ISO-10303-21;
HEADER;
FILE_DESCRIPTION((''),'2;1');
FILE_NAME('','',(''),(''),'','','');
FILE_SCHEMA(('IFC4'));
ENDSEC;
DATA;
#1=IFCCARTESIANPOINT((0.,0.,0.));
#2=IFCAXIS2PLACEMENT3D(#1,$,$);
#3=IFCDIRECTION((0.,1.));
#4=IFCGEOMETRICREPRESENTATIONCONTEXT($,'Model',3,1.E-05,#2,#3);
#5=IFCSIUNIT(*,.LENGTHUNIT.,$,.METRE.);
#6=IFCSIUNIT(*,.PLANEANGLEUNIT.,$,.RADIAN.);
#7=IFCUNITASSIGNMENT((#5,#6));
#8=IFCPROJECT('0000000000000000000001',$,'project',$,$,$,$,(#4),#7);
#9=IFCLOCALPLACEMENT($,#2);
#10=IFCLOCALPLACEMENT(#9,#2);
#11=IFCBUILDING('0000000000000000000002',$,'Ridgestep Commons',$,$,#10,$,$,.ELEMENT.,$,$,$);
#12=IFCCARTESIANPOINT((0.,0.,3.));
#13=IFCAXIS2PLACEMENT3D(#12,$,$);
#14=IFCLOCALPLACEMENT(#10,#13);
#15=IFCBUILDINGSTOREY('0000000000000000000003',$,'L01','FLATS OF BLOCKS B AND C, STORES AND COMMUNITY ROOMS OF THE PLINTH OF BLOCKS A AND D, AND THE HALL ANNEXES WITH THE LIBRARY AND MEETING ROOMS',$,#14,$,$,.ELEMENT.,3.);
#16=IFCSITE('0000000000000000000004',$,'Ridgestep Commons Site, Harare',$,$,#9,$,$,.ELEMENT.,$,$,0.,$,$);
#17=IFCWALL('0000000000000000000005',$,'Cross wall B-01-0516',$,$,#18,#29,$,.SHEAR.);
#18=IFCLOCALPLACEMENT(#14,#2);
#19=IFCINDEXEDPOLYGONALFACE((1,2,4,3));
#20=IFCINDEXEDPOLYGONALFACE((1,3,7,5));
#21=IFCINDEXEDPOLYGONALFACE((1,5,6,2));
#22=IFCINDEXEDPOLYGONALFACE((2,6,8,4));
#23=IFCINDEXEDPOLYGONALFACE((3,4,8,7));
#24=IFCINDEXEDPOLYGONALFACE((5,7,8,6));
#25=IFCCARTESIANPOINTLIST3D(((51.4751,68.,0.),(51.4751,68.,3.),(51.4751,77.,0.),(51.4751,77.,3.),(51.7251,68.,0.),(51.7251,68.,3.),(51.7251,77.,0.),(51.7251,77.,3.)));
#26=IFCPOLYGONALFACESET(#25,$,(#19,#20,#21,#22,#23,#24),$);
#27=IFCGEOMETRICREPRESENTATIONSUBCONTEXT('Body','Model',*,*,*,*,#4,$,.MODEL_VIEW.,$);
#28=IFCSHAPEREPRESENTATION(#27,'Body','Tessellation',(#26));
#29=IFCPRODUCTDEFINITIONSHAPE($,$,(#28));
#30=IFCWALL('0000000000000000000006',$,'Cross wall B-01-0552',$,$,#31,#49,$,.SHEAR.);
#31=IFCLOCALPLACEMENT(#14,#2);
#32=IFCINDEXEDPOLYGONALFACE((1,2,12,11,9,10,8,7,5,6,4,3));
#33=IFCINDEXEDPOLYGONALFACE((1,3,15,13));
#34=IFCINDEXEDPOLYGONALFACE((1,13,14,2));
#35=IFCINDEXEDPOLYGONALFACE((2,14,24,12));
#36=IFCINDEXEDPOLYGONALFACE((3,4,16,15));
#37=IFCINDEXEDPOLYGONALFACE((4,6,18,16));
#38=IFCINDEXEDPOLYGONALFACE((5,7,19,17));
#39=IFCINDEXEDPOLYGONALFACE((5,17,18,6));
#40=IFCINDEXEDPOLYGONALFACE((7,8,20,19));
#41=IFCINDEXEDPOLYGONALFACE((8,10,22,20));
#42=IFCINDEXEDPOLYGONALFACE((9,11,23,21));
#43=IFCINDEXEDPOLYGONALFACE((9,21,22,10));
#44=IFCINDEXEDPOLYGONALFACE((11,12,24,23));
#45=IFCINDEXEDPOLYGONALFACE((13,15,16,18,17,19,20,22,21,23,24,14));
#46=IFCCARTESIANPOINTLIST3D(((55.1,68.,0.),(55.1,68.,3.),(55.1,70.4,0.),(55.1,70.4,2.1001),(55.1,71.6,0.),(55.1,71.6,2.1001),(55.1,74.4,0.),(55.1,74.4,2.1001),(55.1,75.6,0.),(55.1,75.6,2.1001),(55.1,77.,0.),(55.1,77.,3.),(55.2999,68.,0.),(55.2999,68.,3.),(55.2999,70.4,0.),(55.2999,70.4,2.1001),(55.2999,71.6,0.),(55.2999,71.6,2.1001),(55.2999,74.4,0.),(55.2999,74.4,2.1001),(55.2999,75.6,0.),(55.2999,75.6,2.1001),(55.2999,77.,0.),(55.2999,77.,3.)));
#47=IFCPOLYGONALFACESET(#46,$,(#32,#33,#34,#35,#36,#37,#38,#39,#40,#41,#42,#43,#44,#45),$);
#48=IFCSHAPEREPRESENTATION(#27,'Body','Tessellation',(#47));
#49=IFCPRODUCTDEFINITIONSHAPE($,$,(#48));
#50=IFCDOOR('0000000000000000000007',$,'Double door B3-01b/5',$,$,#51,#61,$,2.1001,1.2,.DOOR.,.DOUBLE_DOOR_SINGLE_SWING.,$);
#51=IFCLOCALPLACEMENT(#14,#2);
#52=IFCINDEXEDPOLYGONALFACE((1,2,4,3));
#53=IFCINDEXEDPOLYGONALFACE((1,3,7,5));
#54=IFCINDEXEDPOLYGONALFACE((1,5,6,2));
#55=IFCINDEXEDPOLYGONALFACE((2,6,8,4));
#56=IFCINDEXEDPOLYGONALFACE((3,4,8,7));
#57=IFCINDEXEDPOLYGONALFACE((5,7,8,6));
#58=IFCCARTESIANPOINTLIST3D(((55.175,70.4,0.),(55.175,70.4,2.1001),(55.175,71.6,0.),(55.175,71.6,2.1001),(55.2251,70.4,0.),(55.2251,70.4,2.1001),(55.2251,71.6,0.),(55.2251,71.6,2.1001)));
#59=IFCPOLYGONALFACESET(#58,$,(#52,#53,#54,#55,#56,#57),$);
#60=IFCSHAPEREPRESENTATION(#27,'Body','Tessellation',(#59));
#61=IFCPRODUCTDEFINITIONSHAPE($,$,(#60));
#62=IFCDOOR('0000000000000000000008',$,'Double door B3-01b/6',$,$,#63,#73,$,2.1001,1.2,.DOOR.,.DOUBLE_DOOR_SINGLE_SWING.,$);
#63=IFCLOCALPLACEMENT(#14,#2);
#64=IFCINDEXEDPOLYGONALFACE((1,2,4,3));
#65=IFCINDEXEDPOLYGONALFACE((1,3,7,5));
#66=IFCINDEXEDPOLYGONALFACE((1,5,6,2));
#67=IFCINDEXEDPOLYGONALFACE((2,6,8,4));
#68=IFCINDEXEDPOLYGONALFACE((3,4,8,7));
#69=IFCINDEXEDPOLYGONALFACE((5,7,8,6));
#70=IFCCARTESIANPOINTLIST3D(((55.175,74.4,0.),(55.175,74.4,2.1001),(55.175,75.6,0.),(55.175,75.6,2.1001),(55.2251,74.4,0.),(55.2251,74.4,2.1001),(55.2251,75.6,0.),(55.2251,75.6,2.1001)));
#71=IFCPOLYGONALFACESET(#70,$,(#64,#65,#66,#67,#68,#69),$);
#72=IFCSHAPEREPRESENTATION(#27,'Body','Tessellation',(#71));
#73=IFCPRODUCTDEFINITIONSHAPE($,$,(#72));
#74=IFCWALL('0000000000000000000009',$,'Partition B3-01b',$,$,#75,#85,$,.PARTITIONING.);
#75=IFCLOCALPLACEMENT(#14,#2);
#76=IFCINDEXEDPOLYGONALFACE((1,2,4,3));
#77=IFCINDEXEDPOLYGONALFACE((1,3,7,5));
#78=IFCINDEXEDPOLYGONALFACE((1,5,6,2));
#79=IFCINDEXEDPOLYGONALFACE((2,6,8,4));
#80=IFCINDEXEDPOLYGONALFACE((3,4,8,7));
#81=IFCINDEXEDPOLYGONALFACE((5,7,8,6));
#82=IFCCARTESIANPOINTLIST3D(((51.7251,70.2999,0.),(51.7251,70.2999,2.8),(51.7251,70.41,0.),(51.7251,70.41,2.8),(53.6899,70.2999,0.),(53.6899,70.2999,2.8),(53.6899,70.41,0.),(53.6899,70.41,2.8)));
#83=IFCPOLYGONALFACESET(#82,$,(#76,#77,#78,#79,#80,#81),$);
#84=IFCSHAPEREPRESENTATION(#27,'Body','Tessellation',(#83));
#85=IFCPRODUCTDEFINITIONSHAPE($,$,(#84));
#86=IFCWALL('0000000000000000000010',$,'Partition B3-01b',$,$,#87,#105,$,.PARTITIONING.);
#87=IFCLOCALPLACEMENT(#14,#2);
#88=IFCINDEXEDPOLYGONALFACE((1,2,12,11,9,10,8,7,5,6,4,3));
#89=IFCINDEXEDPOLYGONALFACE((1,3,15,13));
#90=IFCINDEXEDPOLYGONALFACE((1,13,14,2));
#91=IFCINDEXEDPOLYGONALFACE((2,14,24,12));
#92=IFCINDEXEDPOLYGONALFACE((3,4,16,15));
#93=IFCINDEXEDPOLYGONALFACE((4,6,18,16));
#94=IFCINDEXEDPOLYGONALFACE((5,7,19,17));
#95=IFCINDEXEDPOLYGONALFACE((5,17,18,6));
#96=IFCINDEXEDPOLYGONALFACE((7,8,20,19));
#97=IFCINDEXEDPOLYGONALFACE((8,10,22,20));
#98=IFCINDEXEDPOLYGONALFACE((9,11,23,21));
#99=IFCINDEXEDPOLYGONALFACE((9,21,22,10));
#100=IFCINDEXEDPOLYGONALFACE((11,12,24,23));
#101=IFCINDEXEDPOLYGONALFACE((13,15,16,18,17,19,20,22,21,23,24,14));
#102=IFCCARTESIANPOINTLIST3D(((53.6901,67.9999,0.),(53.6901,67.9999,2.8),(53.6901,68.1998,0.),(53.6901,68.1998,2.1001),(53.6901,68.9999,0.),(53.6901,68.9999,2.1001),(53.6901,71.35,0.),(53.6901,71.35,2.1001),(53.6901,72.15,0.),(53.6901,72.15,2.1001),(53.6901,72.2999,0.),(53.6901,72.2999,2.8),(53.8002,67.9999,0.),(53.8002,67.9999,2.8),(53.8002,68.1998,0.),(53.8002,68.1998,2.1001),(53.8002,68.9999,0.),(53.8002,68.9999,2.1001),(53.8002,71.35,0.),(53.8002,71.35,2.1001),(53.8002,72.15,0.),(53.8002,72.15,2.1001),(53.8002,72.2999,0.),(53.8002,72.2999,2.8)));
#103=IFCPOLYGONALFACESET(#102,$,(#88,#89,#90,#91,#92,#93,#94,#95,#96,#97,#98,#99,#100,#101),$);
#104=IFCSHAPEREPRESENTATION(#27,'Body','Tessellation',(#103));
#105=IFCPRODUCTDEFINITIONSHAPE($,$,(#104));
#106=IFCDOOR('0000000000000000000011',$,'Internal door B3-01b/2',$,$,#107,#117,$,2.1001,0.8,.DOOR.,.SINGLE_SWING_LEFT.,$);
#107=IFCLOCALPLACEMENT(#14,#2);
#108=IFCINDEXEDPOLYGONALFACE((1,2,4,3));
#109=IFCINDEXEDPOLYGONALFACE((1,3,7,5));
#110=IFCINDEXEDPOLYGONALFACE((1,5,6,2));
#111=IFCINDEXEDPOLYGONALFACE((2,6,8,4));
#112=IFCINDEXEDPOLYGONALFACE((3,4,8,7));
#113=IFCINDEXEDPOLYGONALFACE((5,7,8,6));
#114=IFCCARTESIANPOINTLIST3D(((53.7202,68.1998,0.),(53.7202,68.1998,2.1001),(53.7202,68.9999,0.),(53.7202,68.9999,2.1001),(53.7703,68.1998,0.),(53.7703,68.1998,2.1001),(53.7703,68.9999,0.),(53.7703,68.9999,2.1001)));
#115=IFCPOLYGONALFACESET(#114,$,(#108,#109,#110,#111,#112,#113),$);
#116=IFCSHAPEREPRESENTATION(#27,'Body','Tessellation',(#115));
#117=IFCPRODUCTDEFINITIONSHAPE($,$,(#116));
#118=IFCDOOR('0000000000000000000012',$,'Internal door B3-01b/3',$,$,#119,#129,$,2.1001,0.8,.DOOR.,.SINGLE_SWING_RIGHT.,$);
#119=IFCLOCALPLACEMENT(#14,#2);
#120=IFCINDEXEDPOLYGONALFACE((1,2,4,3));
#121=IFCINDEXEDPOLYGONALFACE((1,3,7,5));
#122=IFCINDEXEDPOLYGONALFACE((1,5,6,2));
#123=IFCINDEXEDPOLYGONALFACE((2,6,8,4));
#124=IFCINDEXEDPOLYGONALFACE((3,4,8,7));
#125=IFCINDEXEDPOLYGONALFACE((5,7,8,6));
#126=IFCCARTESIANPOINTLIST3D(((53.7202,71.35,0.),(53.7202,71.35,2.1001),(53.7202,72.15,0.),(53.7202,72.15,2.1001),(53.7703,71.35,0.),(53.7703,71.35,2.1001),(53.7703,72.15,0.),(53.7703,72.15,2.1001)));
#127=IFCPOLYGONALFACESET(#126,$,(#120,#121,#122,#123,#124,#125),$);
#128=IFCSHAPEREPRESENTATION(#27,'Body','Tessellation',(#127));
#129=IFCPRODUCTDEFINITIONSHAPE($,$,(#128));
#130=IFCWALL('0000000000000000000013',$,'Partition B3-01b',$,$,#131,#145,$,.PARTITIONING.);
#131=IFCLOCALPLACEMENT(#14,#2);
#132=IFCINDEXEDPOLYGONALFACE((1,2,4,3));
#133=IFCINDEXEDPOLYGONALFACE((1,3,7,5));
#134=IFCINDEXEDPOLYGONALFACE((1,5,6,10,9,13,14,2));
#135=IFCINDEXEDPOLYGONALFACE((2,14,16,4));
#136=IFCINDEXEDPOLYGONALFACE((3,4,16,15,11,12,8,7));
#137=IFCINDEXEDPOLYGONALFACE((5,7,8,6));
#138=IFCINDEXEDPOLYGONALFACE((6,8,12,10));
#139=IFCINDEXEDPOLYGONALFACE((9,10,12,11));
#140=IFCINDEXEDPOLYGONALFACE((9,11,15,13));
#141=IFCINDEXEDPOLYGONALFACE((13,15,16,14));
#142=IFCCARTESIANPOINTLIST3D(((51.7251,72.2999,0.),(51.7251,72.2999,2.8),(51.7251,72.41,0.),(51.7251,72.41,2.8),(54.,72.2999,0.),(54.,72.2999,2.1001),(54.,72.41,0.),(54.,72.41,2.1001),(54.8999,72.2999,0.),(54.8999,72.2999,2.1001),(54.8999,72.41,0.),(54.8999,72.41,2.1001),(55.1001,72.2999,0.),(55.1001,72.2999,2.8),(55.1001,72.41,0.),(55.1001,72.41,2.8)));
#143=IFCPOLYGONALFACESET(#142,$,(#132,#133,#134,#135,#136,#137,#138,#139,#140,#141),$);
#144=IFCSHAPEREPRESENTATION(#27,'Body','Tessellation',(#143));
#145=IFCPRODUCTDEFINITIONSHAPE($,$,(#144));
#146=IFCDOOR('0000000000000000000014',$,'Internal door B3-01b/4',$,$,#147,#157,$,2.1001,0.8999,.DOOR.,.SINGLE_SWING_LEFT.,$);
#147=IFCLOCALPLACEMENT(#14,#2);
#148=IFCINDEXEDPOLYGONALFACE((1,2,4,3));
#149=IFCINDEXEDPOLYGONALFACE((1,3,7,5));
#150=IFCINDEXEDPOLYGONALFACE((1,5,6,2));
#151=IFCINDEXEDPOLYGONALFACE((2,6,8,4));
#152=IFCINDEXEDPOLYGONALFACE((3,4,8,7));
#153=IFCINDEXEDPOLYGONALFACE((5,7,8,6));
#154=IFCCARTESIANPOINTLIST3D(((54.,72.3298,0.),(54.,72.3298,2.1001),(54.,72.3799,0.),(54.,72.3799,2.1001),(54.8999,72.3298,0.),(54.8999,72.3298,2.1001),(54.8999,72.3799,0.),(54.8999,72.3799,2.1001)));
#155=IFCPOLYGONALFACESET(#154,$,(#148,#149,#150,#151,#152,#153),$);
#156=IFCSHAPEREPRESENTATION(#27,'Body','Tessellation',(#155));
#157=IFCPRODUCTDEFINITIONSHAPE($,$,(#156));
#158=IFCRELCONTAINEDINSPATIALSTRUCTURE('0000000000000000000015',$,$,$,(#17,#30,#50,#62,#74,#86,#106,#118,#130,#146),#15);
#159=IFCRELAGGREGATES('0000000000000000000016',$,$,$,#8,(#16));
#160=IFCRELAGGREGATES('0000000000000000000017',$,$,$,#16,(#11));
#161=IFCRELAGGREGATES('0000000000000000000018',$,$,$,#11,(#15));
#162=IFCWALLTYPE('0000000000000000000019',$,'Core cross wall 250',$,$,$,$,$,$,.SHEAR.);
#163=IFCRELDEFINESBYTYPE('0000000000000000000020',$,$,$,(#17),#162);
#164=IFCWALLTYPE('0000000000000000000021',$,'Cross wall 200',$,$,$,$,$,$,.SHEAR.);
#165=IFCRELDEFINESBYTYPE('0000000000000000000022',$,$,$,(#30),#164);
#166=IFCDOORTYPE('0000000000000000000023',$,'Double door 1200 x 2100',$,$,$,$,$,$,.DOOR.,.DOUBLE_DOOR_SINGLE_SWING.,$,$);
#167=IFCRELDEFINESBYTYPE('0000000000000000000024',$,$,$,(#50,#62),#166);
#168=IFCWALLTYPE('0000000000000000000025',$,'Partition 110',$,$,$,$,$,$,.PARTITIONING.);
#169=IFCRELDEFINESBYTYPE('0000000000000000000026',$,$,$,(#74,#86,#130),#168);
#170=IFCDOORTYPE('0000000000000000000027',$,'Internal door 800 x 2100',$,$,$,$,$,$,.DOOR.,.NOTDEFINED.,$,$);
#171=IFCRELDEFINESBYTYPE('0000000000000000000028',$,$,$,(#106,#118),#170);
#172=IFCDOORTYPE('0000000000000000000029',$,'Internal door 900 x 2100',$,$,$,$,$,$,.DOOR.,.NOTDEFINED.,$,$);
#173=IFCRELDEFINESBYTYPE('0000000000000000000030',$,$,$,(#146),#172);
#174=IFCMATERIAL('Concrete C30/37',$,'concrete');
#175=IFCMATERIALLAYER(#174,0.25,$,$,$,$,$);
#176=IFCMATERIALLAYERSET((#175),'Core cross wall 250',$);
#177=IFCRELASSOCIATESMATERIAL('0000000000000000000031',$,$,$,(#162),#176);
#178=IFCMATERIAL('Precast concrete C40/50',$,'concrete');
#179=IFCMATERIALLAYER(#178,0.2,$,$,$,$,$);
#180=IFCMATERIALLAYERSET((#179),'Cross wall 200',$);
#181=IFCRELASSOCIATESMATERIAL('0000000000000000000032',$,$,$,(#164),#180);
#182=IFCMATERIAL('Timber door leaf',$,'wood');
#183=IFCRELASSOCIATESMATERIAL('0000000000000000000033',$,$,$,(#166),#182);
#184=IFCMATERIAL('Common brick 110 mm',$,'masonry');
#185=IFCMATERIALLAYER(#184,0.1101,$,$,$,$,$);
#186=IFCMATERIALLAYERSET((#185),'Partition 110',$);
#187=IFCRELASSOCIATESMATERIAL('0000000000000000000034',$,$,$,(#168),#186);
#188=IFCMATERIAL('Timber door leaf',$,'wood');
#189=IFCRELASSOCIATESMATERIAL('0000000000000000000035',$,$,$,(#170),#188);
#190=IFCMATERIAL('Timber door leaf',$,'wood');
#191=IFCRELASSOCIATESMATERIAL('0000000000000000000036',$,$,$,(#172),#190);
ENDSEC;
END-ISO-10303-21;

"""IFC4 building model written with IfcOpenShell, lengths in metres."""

from ifc_helpers import new_model, si_unit, direction, frame, frame_2d, origin, place, context, subcontext, project, spatial, rectangle, extrude, material, layer, layer_set, type_object, element, fill, save


model = new_model("IFC4")

# Units and contexts
model_context = context("Model", 3, precision=1e-05, world=origin(), true_north=direction((0.0, 1.0)))
body_context = subcontext(model_context, "Body", "Model", "MODEL_VIEW")
ifc_project = project(units=[si_unit("LENGTHUNIT", "METRE"), si_unit("PLANEANGLEUNIT", "RADIAN")], contexts=[model_context])

# Site, building, storey
site_placement = place(None, origin())
site = spatial("IfcSite", under=ifc_project, at=site_placement, Name="Ridgestep Commons Site, Harare", CompositionType="ELEMENT", RefElevation=0.0)
building_placement = place(site_placement, origin())
building = spatial("IfcBuilding", under=site, at=building_placement, Name="Ridgestep Commons", CompositionType="ELEMENT")
storey_placement = place(building_placement, frame((0.0, 0.0, 3.0)))
storey = spatial("IfcBuildingStorey", under=building, at=storey_placement, Name="L01", Description="FLATS OF BLOCKS B AND C, STORES AND COMMUNITY ROOMS OF THE PLINTH OF BLOCKS A AND D, AND THE HALL ANNEXES WITH THE LIBRARY AND MEETING ROOMS", CompositionType="ELEMENT", Elevation=3.0)

# Wall
ifc_material_1 = material(Name="Concrete C30/37", Category="concrete")
ifc_layer_1 = layer(ifc_material_1, 0.25)
ifc_layer_set_1 = layer_set([ifc_layer_1], Name="Core cross wall 250")
wall_type_1 = type_object("IfcWallType", Name="Core cross wall 250", PredefinedType="SHEAR", material=ifc_layer_set_1)
wall_1_placement = place(storey_placement, frame((51.6001, 68.0, 0.0), z_axis=(0.0, 0.0, 1.0), x_axis=(0.0, 1.0, 0.0)))
element("IfcWall", 1, at=wall_1_placement, inside=storey, type_object=wall_type_1, Name="Cross wall B-01-0516", PredefinedType="SHEAR", context=body_context, shape_type="SweptSolid", body=[
    extrude(rectangle(XDim=9.0, YDim=0.25, at=frame_2d((4.5, 0.0))), origin(), (0.0, 0.0, 1.0), 3.0),
])

# Wall, openings, doors
ifc_material_2 = material(Name="Precast concrete C40/50", Category="concrete")
ifc_layer_2 = layer(ifc_material_2, 0.2)
ifc_layer_set_2 = layer_set([ifc_layer_2], Name="Cross wall 200")
wall_type_2 = type_object("IfcWallType", Name="Cross wall 200", PredefinedType="SHEAR", material=ifc_layer_set_2)
wall_2_placement = place(storey_placement, frame((55.2, 68.0, 0.0), z_axis=(0.0, 0.0, 1.0), x_axis=(0.0, 1.0, 0.0)))
wall_2 = element("IfcWall", 2, at=wall_2_placement, inside=storey, type_object=wall_type_2, Name="Cross wall B-01-0552", PredefinedType="SHEAR", context=body_context, shape_type="SweptSolid", body=[
    extrude(rectangle(XDim=9.0, YDim=0.2, at=frame_2d((4.5, 0.0))), origin(), (0.0, 0.0, 1.0), 3.0),
])
opening_1_placement = place(wall_2_placement, frame((2.3999, 0.0, 0.0)))
opening_1 = element("IfcOpeningElement", 3, at=opening_1_placement, cuts=wall_2, PredefinedType="OPENING", context=body_context, shape_type="SweptSolid", body=[
    extrude(rectangle(XDim=1.2, YDim=2.1001, at=frame_2d((0.6001, 1.05))), frame((0.0, 0.1099, 0.0), z_axis=(0.0, -1.0, 0.0), x_axis=(1.0, 0.0, 0.0)), (0.0, 0.0, 1.0), 0.22),
])
opening_2_placement = place(wall_2_placement, frame((6.3999, 0.0, 0.0)))
opening_2 = element("IfcOpeningElement", 4, at=opening_2_placement, cuts=wall_2, PredefinedType="OPENING", context=body_context, shape_type="SweptSolid", body=[
    extrude(rectangle(XDim=1.2, YDim=2.1001, at=frame_2d((0.6001, 1.05))), frame((0.0, 0.1099, 0.0), z_axis=(0.0, -1.0, 0.0), x_axis=(1.0, 0.0, 0.0)), (0.0, 0.0, 1.0), 0.22),
])
ifc_material_3 = material(Name="Timber door leaf", Category="wood")
door_type_1 = type_object("IfcDoorType", Name="Double door 1200 x 2100", OperationType="DOUBLE_DOOR_SINGLE_SWING", PredefinedType="DOOR", material=ifc_material_3)
door_1_placement = place(opening_1_placement, origin())
door_1 = element("IfcDoor", 5, at=door_1_placement, inside=storey, type_object=door_type_1, Name="Double door B3-01b/5", OperationType="DOUBLE_DOOR_SINGLE_SWING", OverallHeight=2.1001, OverallWidth=1.2, PredefinedType="DOOR", context=body_context, shape_type="SweptSolid", body=[
    extrude(rectangle(XDim=1.2, YDim=2.1001, at=frame_2d((0.6001, 1.05))), frame((0.0, 0.0249, 0.0), z_axis=(0.0, -1.0, 0.0), x_axis=(1.0, 0.0, 0.0)), (0.0, 0.0, 1.0), 0.05),
])
fill(opening_1, door_1)
door_2_placement = place(opening_2_placement, origin())
door_2 = element("IfcDoor", 6, at=door_2_placement, inside=storey, type_object=door_type_1, Name="Double door B3-01b/6", OperationType="DOUBLE_DOOR_SINGLE_SWING", OverallHeight=2.1001, OverallWidth=1.2, PredefinedType="DOOR", context=body_context, shape_type="SweptSolid", body=[
    extrude(rectangle(XDim=1.2, YDim=2.1001, at=frame_2d((0.6001, 1.05))), frame((0.0, 0.0249, 0.0), z_axis=(0.0, -1.0, 0.0), x_axis=(1.0, 0.0, 0.0)), (0.0, 0.0, 1.0), 0.05),
])
fill(opening_2, door_2)

# Wall
ifc_material_4 = material(Name="Common brick 110 mm", Category="masonry")
ifc_layer_3 = layer(ifc_material_4, 0.1101)
ifc_layer_set_3 = layer_set([ifc_layer_3], Name="Partition 110")
wall_type_3 = type_object("IfcWallType", Name="Partition 110", PredefinedType="PARTITIONING", material=ifc_layer_set_3)
wall_3_placement = place(storey_placement, frame((51.7251, 70.355, 0.0), z_axis=(0.0, 0.0, 1.0), x_axis=(1.0, 0.0, 0.0)))
element("IfcWall", 7, at=wall_3_placement, inside=storey, type_object=wall_type_3, Name="Partition B3-01b", PredefinedType="PARTITIONING", context=body_context, shape_type="SweptSolid", body=[
    extrude(rectangle(XDim=1.9648, YDim=0.1101, at=frame_2d((0.9824, 0.0))), origin(), (0.0, 0.0, 1.0), 2.8),
])

# Wall, openings, doors
wall_4_placement = place(storey_placement, frame((53.7451, 68.0, 0.0), z_axis=(0.0, 0.0, 1.0), x_axis=(0.0, 1.0, 0.0)))
wall_4 = element("IfcWall", 8, at=wall_4_placement, inside=storey, type_object=wall_type_3, Name="Partition B3-01b", PredefinedType="PARTITIONING", context=body_context, shape_type="SweptSolid", body=[
    extrude(rectangle(XDim=4.3, YDim=0.1101, at=frame_2d((2.1499, 0.0))), origin(), (0.0, 0.0, 1.0), 2.8),
])
opening_3_placement = place(wall_4_placement, frame((0.2, 0.0, 0.0)))
opening_3 = element("IfcOpeningElement", 9, at=opening_3_placement, cuts=wall_4, PredefinedType="OPENING", context=body_context, shape_type="SweptSolid", body=[
    extrude(rectangle(XDim=0.8, YDim=2.1001, at=frame_2d((0.3999, 1.05))), frame((0.0, 0.0649, 0.0), z_axis=(0.0, -1.0, 0.0), x_axis=(1.0, 0.0, 0.0)), (0.0, 0.0, 1.0), 0.1301),
])
opening_4_placement = place(wall_4_placement, frame((3.3501, 0.0, 0.0)))
opening_4 = element("IfcOpeningElement", 10, at=opening_4_placement, cuts=wall_4, PredefinedType="OPENING", context=body_context, shape_type="SweptSolid", body=[
    extrude(rectangle(XDim=0.8, YDim=2.1001, at=frame_2d((0.3999, 1.05))), frame((0.0, 0.0649, 0.0), z_axis=(0.0, -1.0, 0.0), x_axis=(1.0, 0.0, 0.0)), (0.0, 0.0, 1.0), 0.1301),
])
ifc_material_5 = material(Name="Timber door leaf", Category="wood")
door_type_2 = type_object("IfcDoorType", Name="Internal door 800 x 2100", OperationType="NOTDEFINED", PredefinedType="DOOR", material=ifc_material_5)
door_3_placement = place(opening_3_placement, origin())
door_3 = element("IfcDoor", 11, at=door_3_placement, inside=storey, type_object=door_type_2, Name="Internal door B3-01b/2", OperationType="SINGLE_SWING_LEFT", OverallHeight=2.1001, OverallWidth=0.8, PredefinedType="DOOR", context=body_context, shape_type="SweptSolid", body=[
    extrude(rectangle(XDim=0.8, YDim=2.1001, at=frame_2d((0.3999, 1.05))), frame((0.0, 0.0249, 0.0), z_axis=(0.0, -1.0, 0.0), x_axis=(1.0, 0.0, 0.0)), (0.0, 0.0, 1.0), 0.05),
])
fill(opening_3, door_3)
door_4_placement = place(opening_4_placement, origin())
door_4 = element("IfcDoor", 12, at=door_4_placement, inside=storey, type_object=door_type_2, Name="Internal door B3-01b/3", OperationType="SINGLE_SWING_RIGHT", OverallHeight=2.1001, OverallWidth=0.8, PredefinedType="DOOR", context=body_context, shape_type="SweptSolid", body=[
    extrude(rectangle(XDim=0.8, YDim=2.1001, at=frame_2d((0.3999, 1.05))), frame((0.0, 0.0249, 0.0), z_axis=(0.0, -1.0, 0.0), x_axis=(1.0, 0.0, 0.0)), (0.0, 0.0, 1.0), 0.05),
])
fill(opening_4, door_4)

# Wall, opening, door
wall_5_placement = place(storey_placement, frame((51.7251, 72.355, 0.0), z_axis=(0.0, 0.0, 1.0), x_axis=(1.0, 0.0, 0.0)))
wall_5 = element("IfcWall", 13, at=wall_5_placement, inside=storey, type_object=wall_type_3, Name="Partition B3-01b", PredefinedType="PARTITIONING", context=body_context, shape_type="SweptSolid", body=[
    extrude(rectangle(XDim=3.375, YDim=0.1101, at=frame_2d((1.6875, 0.0))), origin(), (0.0, 0.0, 1.0), 2.8),
])
opening_5_placement = place(wall_5_placement, frame((2.2749, 0.0, 0.0)))
opening_5 = element("IfcOpeningElement", 14, at=opening_5_placement, cuts=wall_5, PredefinedType="OPENING", context=body_context, shape_type="SweptSolid", body=[
    extrude(rectangle(XDim=0.8999, YDim=2.1001, at=frame_2d((0.45, 1.05))), frame((0.0, 0.0649, 0.0), z_axis=(0.0, -1.0, 0.0), x_axis=(1.0, 0.0, 0.0)), (0.0, 0.0, 1.0), 0.1301),
])
ifc_material_6 = material(Name="Timber door leaf", Category="wood")
door_type_3 = type_object("IfcDoorType", Name="Internal door 900 x 2100", OperationType="NOTDEFINED", PredefinedType="DOOR", material=ifc_material_6)
door_5_placement = place(opening_5_placement, origin())
door_5 = element("IfcDoor", 15, at=door_5_placement, inside=storey, type_object=door_type_3, Name="Internal door B3-01b/4", OperationType="SINGLE_SWING_LEFT", OverallHeight=2.1001, OverallWidth=0.8999, PredefinedType="DOOR", context=body_context, shape_type="SweptSolid", body=[
    extrude(rectangle(XDim=0.8999, YDim=2.1001, at=frame_2d((0.45, 1.05))), frame((0.0, 0.0249, 0.0), z_axis=(0.0, -1.0, 0.0), x_axis=(1.0, 0.0, 0.0)), (0.0, 0.0, 1.0), 0.05),
])
fill(opening_5, door_5)

save(model, "model.ifc")
